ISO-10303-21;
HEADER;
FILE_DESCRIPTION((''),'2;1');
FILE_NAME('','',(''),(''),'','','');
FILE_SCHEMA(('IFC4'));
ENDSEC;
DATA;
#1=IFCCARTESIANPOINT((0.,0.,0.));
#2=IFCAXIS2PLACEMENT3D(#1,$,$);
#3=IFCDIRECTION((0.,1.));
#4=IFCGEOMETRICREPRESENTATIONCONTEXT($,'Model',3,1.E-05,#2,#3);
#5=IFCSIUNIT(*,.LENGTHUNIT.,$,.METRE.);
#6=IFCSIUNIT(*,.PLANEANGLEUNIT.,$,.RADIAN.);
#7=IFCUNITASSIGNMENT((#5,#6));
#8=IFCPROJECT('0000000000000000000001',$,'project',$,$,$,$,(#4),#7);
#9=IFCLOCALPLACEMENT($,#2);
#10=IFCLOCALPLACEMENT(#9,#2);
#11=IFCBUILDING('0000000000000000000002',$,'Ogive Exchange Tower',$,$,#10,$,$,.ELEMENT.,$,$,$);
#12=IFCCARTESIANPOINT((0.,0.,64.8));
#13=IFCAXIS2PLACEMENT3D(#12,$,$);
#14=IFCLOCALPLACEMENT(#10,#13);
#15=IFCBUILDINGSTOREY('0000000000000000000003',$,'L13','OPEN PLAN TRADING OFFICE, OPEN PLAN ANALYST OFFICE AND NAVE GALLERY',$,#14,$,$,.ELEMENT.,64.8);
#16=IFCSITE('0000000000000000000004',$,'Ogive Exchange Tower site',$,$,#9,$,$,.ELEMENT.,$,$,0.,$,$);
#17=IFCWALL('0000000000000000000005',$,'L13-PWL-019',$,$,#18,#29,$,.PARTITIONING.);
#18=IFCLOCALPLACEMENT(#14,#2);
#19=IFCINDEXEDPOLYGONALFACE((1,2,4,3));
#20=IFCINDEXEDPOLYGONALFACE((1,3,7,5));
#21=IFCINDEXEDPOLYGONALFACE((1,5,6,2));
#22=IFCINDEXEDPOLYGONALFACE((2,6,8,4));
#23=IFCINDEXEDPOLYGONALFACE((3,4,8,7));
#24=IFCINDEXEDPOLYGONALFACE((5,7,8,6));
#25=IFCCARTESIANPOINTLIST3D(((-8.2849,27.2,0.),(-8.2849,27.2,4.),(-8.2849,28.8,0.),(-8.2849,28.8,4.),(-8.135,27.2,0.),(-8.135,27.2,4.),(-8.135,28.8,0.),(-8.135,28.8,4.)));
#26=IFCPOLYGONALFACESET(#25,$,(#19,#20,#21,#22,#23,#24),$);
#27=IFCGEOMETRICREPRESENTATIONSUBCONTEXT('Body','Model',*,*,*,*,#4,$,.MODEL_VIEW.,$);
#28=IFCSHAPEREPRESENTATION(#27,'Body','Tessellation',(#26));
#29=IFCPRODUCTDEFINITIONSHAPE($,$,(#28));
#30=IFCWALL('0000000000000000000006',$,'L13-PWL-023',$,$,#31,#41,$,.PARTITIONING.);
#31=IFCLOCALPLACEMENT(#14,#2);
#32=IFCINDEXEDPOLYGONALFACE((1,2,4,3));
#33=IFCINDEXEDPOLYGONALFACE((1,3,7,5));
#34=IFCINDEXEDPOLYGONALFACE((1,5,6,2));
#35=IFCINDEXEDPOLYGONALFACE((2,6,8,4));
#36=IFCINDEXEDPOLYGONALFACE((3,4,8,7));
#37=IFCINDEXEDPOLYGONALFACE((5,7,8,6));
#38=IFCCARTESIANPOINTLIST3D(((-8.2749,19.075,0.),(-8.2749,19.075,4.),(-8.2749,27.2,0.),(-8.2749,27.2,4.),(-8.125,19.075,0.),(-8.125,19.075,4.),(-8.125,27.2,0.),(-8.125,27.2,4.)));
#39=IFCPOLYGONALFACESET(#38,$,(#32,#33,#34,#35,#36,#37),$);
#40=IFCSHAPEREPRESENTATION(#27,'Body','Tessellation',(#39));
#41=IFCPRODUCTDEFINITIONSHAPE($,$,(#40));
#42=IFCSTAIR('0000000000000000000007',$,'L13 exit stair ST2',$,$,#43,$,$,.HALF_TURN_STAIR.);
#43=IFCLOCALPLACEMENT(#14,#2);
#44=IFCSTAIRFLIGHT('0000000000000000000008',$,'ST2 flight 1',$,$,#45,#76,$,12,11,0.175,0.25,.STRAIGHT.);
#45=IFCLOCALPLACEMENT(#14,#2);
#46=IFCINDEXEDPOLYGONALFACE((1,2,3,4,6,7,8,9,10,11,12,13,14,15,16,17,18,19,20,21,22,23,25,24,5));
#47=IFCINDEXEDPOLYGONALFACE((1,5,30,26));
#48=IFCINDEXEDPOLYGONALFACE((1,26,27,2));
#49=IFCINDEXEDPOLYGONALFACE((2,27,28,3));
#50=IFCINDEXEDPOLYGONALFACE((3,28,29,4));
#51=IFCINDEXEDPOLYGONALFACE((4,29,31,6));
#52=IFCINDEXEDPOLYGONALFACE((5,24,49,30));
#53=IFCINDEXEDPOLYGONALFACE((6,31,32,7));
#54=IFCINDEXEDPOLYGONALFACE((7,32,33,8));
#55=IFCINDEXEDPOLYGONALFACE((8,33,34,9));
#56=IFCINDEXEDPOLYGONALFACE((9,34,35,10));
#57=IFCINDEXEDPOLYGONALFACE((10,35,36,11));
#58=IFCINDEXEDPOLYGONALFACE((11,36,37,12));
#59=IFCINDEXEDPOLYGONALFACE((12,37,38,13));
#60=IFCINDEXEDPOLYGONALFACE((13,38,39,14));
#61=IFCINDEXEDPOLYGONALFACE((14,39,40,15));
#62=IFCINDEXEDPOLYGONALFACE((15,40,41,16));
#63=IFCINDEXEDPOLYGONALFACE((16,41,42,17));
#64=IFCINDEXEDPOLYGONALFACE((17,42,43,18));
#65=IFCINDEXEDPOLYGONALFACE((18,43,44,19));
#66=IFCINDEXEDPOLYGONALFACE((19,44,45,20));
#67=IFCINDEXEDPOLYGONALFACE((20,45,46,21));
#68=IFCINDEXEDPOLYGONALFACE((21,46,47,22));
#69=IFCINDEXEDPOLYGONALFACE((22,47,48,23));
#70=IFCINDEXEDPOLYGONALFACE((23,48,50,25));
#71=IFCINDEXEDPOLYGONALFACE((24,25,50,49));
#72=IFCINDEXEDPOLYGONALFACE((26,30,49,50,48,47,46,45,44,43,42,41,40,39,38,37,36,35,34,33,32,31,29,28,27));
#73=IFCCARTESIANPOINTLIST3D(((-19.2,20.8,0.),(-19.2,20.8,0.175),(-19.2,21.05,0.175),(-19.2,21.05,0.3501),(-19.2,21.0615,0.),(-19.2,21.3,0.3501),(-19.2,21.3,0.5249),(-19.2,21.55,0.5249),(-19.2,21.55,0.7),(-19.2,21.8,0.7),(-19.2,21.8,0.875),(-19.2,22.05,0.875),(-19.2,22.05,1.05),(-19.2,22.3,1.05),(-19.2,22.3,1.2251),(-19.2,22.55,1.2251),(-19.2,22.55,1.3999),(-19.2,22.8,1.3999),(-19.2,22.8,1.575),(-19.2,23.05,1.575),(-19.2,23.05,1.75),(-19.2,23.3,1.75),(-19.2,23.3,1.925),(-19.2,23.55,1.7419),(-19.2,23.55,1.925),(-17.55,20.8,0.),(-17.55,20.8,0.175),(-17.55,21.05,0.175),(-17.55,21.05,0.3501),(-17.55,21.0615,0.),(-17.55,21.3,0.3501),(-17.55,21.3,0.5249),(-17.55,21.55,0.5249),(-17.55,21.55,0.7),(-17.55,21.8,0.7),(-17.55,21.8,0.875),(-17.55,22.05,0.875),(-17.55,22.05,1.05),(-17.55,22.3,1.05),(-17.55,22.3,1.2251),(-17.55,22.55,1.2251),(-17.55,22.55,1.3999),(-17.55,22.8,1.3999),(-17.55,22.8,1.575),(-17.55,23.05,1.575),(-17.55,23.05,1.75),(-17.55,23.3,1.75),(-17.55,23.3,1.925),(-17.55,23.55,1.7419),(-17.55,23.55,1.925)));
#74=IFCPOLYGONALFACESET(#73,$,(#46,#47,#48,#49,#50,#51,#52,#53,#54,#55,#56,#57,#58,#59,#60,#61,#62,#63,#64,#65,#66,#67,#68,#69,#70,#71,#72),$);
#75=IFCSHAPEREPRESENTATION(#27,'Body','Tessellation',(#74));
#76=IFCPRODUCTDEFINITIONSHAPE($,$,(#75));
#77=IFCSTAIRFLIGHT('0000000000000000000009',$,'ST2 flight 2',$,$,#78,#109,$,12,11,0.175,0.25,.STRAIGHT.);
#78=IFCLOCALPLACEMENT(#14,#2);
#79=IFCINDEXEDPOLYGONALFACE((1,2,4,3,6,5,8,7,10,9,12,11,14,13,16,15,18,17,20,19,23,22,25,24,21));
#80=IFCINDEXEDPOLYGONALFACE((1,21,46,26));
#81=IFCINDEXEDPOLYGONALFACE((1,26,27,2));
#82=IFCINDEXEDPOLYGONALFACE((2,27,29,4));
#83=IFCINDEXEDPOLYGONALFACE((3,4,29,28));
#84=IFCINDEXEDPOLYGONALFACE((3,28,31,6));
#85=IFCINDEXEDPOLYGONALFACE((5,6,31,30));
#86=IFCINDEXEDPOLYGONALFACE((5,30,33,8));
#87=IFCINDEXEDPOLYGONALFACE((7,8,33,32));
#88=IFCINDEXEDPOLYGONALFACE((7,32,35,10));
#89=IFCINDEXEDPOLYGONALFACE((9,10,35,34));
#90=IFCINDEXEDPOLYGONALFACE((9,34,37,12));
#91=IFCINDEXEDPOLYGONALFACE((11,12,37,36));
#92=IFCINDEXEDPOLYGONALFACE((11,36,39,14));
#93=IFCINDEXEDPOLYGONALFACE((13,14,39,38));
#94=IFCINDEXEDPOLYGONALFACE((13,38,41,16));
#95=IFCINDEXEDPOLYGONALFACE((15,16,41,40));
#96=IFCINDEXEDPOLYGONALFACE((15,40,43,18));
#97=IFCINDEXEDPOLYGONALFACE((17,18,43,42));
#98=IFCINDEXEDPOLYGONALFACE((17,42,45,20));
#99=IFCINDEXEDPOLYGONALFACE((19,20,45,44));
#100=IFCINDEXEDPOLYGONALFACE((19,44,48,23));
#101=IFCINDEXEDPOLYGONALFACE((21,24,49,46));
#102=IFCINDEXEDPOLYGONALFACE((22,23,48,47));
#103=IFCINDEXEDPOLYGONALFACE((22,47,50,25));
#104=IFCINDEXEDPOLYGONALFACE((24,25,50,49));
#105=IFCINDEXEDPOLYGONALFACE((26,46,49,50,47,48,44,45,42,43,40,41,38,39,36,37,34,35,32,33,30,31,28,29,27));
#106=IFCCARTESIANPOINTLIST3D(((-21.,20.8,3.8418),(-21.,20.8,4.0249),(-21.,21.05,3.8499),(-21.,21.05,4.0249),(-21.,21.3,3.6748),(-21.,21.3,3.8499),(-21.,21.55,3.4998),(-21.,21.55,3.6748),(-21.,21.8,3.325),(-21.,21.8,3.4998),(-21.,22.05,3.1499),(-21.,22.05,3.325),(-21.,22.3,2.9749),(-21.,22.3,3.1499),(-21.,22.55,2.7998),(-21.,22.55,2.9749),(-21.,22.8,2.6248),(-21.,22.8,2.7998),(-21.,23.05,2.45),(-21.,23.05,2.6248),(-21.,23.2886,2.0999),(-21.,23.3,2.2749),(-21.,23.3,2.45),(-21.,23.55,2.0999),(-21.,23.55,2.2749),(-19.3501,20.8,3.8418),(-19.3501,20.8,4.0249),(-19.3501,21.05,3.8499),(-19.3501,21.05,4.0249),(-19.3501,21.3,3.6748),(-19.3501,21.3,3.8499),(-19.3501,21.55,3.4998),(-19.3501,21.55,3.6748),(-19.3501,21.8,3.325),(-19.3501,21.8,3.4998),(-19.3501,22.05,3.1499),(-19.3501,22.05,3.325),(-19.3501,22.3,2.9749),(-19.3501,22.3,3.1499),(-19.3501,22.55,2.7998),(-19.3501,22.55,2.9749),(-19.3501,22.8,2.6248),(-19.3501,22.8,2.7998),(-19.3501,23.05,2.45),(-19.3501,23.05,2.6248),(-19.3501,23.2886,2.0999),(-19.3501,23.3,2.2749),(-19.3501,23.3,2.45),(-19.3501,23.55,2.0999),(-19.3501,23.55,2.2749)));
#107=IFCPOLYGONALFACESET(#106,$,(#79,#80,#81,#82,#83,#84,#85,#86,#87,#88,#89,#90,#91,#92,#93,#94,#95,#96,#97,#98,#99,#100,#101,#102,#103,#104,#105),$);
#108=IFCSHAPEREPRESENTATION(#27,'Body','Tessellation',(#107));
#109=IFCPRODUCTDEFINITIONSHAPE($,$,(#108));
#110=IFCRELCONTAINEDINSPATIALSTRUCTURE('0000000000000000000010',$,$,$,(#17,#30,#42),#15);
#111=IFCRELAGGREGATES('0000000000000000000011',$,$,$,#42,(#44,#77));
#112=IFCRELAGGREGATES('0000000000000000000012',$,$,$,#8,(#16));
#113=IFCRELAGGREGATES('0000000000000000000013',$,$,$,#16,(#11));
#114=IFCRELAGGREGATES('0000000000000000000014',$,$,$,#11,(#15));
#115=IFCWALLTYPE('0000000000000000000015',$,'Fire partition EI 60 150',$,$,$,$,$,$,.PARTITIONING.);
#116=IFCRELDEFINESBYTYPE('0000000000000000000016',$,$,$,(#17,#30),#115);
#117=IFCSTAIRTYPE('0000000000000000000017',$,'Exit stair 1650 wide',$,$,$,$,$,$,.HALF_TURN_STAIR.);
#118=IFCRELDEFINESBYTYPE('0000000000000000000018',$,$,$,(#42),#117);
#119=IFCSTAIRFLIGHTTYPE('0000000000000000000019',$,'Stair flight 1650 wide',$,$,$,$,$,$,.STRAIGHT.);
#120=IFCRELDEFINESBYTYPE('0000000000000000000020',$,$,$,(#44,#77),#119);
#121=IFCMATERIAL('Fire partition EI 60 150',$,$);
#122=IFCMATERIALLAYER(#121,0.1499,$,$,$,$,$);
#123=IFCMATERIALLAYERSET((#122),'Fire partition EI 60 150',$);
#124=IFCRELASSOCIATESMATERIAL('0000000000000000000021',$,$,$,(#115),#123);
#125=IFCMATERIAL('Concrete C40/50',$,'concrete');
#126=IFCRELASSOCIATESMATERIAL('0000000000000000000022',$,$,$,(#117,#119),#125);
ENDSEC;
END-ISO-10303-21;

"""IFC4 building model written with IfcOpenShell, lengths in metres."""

from ifc_helpers import new_model, si_unit, direction, frame, frame_2d, origin, place, context, subcontext, project, spatial, polyline, rectangle, outline, extrude, material, layer, layer_set, type_object, element, aggregate, save


model = new_model("IFC4")

# Units and contexts
model_context = context("Model", 3, precision=1e-05, world=origin(), true_north=direction((0.0, 1.0)))
body_context = subcontext(model_context, "Body", "Model", "MODEL_VIEW")
ifc_project = project(units=[si_unit("LENGTHUNIT", "METRE"), si_unit("PLANEANGLEUNIT", "RADIAN")], contexts=[model_context])

# Site, building, storey
site_placement = place(None, origin())
site = spatial("IfcSite", under=ifc_project, at=site_placement, Name="Ogive Exchange Tower site", CompositionType="ELEMENT", RefElevation=0.0)
building_placement = place(site_placement, origin())
building = spatial("IfcBuilding", under=site, at=building_placement, Name="Ogive Exchange Tower", CompositionType="ELEMENT")
storey_placement = place(building_placement, frame((0.0, 0.0, 64.8)))
storey = spatial("IfcBuildingStorey", under=building, at=storey_placement, Name="L13", Description="OPEN PLAN TRADING OFFICE, OPEN PLAN ANALYST OFFICE AND NAVE GALLERY", CompositionType="ELEMENT", Elevation=64.8)

# Walls
ifc_material_1 = material(Name="Fire partition EI 60 150")
ifc_layer = layer(ifc_material_1, 0.1499)
ifc_layer_set = layer_set([ifc_layer], Name="Fire partition EI 60 150")
wall_type = type_object("IfcWallType", Name="Fire partition EI 60 150", PredefinedType="PARTITIONING", material=ifc_layer_set)
wall_1_placement = place(storey_placement, frame((-8.21, 28.8, 0.0), z_axis=(0.0, 0.0, 1.0), x_axis=(0.0, -1.0, 0.0)))
element("IfcWall", 1, at=wall_1_placement, inside=storey, type_object=wall_type, Name="L13-PWL-019", PredefinedType="PARTITIONING", context=body_context, shape_type="SweptSolid", body=[
    extrude(rectangle(XDim=1.6001, YDim=0.1499, at=frame_2d((0.8, 0.0))), origin(), (0.0, 0.0, 1.0), 4.0),
])
wall_2_placement = place(storey_placement, frame((-8.2, 27.2, 0.0), z_axis=(0.0, 0.0, 1.0), x_axis=(0.0, -1.0, 0.0)))
element("IfcWall", 2, at=wall_2_placement, inside=storey, type_object=wall_type, Name="L13-PWL-023", PredefinedType="PARTITIONING", context=body_context, shape_type="SweptSolid", body=[
    extrude(rectangle(XDim=8.125, YDim=0.1499, at=frame_2d((4.0625, 0.0))), origin(), (0.0, 0.0, 1.0), 4.0),
])

# Stair, stair flights
ifc_material_2 = material(Name="Concrete C40/50", Category="concrete")
stair_type = type_object("IfcStairType", Name="Exit stair 1650 wide", PredefinedType="HALF_TURN_STAIR", material=ifc_material_2)
stair_placement = place(storey_placement, origin())
stair = element("IfcStair", 3, at=stair_placement, inside=storey, type_object=stair_type, Name="L13 exit stair ST2", PredefinedType="HALF_TURN_STAIR")
stair_flight_type = type_object("IfcStairFlightType", Name="Stair flight 1650 wide", PredefinedType="STRAIGHT", material=ifc_material_2)
stair_flight_1_placement = place(storey_placement, frame((-18.375, 20.8, 0.0), z_axis=(0.0, 0.0, 1.0), x_axis=(0.0, 1.0, 0.0)))
stair_flight_1 = element("IfcStairFlight", 4, at=stair_flight_1_placement, type_object=stair_flight_type, Name="ST2 flight 1", NumberOfRisers=12, NumberOfTreads=11, PredefinedType="STRAIGHT", RiserHeight=0.175, TreadLength=0.25, context=body_context, shape_type="SweptSolid", body=[
    extrude(outline(polyline([(0.0, 0.0), (0.0, 0.175), (0.25, 0.175), (0.25, 0.3501), (0.5, 0.3501), (0.5, 0.5249), (0.75, 0.5249), (0.75, 0.7), (1.0, 0.7), (1.0, 0.875), (1.25, 0.875), (1.25, 1.05), (1.5, 1.05), (1.5, 1.2251), (1.75, 1.2251), (1.75, 1.3999), (2.0, 1.3999), (2.0, 1.575), (2.25, 1.575), (2.25, 1.75), (2.5, 1.75), (2.5, 1.925), (2.75, 1.925), (2.75, 2.1001), (2.75, 1.7419), (0.2615, 0.0), (0.0, 0.0)])), frame((0.0, 0.825, 0.0), z_axis=(0.0, -1.0, 0.0), x_axis=(1.0, 0.0, 0.0)), (0.0, 0.0, 1.0), 1.6499),
])
stair_flight_2_placement = place(storey_placement, frame((-20.175, 23.55, 2.0999), z_axis=(0.0, 0.0, 1.0), x_axis=(0.0, -1.0, 0.0)))
stair_flight_2 = element("IfcStairFlight", 5, at=stair_flight_2_placement, type_object=stair_flight_type, Name="ST2 flight 2", NumberOfRisers=12, NumberOfTreads=11, PredefinedType="STRAIGHT", RiserHeight=0.175, TreadLength=0.25, context=body_context, shape_type="SweptSolid", body=[
    extrude(outline(polyline([(0.0, 0.0), (0.0, 0.175), (0.25, 0.175), (0.25, 0.3501), (0.5, 0.3501), (0.5, 0.5249), (0.75, 0.5249), (0.75, 0.7), (1.0, 0.7), (1.0, 0.875), (1.25, 0.875), (1.25, 1.05), (1.5, 1.05), (1.5, 1.2251), (1.75, 1.2251), (1.75, 1.3999), (2.0, 1.3999), (2.0, 1.575), (2.25, 1.575), (2.25, 1.75), (2.5, 1.75), (2.5, 1.925), (2.75, 1.925), (2.75, 2.1001), (2.75, 1.7419), (0.2615, 0.0), (0.0, 0.0)])), frame((0.0, 0.825, 0.0), z_axis=(0.0, -1.0, 0.0), x_axis=(1.0, 0.0, 0.0)), (0.0, 0.0, 1.0), 1.6499),
])
aggregate(stair, [stair_flight_1, stair_flight_2])

save(model, "model.ifc")
